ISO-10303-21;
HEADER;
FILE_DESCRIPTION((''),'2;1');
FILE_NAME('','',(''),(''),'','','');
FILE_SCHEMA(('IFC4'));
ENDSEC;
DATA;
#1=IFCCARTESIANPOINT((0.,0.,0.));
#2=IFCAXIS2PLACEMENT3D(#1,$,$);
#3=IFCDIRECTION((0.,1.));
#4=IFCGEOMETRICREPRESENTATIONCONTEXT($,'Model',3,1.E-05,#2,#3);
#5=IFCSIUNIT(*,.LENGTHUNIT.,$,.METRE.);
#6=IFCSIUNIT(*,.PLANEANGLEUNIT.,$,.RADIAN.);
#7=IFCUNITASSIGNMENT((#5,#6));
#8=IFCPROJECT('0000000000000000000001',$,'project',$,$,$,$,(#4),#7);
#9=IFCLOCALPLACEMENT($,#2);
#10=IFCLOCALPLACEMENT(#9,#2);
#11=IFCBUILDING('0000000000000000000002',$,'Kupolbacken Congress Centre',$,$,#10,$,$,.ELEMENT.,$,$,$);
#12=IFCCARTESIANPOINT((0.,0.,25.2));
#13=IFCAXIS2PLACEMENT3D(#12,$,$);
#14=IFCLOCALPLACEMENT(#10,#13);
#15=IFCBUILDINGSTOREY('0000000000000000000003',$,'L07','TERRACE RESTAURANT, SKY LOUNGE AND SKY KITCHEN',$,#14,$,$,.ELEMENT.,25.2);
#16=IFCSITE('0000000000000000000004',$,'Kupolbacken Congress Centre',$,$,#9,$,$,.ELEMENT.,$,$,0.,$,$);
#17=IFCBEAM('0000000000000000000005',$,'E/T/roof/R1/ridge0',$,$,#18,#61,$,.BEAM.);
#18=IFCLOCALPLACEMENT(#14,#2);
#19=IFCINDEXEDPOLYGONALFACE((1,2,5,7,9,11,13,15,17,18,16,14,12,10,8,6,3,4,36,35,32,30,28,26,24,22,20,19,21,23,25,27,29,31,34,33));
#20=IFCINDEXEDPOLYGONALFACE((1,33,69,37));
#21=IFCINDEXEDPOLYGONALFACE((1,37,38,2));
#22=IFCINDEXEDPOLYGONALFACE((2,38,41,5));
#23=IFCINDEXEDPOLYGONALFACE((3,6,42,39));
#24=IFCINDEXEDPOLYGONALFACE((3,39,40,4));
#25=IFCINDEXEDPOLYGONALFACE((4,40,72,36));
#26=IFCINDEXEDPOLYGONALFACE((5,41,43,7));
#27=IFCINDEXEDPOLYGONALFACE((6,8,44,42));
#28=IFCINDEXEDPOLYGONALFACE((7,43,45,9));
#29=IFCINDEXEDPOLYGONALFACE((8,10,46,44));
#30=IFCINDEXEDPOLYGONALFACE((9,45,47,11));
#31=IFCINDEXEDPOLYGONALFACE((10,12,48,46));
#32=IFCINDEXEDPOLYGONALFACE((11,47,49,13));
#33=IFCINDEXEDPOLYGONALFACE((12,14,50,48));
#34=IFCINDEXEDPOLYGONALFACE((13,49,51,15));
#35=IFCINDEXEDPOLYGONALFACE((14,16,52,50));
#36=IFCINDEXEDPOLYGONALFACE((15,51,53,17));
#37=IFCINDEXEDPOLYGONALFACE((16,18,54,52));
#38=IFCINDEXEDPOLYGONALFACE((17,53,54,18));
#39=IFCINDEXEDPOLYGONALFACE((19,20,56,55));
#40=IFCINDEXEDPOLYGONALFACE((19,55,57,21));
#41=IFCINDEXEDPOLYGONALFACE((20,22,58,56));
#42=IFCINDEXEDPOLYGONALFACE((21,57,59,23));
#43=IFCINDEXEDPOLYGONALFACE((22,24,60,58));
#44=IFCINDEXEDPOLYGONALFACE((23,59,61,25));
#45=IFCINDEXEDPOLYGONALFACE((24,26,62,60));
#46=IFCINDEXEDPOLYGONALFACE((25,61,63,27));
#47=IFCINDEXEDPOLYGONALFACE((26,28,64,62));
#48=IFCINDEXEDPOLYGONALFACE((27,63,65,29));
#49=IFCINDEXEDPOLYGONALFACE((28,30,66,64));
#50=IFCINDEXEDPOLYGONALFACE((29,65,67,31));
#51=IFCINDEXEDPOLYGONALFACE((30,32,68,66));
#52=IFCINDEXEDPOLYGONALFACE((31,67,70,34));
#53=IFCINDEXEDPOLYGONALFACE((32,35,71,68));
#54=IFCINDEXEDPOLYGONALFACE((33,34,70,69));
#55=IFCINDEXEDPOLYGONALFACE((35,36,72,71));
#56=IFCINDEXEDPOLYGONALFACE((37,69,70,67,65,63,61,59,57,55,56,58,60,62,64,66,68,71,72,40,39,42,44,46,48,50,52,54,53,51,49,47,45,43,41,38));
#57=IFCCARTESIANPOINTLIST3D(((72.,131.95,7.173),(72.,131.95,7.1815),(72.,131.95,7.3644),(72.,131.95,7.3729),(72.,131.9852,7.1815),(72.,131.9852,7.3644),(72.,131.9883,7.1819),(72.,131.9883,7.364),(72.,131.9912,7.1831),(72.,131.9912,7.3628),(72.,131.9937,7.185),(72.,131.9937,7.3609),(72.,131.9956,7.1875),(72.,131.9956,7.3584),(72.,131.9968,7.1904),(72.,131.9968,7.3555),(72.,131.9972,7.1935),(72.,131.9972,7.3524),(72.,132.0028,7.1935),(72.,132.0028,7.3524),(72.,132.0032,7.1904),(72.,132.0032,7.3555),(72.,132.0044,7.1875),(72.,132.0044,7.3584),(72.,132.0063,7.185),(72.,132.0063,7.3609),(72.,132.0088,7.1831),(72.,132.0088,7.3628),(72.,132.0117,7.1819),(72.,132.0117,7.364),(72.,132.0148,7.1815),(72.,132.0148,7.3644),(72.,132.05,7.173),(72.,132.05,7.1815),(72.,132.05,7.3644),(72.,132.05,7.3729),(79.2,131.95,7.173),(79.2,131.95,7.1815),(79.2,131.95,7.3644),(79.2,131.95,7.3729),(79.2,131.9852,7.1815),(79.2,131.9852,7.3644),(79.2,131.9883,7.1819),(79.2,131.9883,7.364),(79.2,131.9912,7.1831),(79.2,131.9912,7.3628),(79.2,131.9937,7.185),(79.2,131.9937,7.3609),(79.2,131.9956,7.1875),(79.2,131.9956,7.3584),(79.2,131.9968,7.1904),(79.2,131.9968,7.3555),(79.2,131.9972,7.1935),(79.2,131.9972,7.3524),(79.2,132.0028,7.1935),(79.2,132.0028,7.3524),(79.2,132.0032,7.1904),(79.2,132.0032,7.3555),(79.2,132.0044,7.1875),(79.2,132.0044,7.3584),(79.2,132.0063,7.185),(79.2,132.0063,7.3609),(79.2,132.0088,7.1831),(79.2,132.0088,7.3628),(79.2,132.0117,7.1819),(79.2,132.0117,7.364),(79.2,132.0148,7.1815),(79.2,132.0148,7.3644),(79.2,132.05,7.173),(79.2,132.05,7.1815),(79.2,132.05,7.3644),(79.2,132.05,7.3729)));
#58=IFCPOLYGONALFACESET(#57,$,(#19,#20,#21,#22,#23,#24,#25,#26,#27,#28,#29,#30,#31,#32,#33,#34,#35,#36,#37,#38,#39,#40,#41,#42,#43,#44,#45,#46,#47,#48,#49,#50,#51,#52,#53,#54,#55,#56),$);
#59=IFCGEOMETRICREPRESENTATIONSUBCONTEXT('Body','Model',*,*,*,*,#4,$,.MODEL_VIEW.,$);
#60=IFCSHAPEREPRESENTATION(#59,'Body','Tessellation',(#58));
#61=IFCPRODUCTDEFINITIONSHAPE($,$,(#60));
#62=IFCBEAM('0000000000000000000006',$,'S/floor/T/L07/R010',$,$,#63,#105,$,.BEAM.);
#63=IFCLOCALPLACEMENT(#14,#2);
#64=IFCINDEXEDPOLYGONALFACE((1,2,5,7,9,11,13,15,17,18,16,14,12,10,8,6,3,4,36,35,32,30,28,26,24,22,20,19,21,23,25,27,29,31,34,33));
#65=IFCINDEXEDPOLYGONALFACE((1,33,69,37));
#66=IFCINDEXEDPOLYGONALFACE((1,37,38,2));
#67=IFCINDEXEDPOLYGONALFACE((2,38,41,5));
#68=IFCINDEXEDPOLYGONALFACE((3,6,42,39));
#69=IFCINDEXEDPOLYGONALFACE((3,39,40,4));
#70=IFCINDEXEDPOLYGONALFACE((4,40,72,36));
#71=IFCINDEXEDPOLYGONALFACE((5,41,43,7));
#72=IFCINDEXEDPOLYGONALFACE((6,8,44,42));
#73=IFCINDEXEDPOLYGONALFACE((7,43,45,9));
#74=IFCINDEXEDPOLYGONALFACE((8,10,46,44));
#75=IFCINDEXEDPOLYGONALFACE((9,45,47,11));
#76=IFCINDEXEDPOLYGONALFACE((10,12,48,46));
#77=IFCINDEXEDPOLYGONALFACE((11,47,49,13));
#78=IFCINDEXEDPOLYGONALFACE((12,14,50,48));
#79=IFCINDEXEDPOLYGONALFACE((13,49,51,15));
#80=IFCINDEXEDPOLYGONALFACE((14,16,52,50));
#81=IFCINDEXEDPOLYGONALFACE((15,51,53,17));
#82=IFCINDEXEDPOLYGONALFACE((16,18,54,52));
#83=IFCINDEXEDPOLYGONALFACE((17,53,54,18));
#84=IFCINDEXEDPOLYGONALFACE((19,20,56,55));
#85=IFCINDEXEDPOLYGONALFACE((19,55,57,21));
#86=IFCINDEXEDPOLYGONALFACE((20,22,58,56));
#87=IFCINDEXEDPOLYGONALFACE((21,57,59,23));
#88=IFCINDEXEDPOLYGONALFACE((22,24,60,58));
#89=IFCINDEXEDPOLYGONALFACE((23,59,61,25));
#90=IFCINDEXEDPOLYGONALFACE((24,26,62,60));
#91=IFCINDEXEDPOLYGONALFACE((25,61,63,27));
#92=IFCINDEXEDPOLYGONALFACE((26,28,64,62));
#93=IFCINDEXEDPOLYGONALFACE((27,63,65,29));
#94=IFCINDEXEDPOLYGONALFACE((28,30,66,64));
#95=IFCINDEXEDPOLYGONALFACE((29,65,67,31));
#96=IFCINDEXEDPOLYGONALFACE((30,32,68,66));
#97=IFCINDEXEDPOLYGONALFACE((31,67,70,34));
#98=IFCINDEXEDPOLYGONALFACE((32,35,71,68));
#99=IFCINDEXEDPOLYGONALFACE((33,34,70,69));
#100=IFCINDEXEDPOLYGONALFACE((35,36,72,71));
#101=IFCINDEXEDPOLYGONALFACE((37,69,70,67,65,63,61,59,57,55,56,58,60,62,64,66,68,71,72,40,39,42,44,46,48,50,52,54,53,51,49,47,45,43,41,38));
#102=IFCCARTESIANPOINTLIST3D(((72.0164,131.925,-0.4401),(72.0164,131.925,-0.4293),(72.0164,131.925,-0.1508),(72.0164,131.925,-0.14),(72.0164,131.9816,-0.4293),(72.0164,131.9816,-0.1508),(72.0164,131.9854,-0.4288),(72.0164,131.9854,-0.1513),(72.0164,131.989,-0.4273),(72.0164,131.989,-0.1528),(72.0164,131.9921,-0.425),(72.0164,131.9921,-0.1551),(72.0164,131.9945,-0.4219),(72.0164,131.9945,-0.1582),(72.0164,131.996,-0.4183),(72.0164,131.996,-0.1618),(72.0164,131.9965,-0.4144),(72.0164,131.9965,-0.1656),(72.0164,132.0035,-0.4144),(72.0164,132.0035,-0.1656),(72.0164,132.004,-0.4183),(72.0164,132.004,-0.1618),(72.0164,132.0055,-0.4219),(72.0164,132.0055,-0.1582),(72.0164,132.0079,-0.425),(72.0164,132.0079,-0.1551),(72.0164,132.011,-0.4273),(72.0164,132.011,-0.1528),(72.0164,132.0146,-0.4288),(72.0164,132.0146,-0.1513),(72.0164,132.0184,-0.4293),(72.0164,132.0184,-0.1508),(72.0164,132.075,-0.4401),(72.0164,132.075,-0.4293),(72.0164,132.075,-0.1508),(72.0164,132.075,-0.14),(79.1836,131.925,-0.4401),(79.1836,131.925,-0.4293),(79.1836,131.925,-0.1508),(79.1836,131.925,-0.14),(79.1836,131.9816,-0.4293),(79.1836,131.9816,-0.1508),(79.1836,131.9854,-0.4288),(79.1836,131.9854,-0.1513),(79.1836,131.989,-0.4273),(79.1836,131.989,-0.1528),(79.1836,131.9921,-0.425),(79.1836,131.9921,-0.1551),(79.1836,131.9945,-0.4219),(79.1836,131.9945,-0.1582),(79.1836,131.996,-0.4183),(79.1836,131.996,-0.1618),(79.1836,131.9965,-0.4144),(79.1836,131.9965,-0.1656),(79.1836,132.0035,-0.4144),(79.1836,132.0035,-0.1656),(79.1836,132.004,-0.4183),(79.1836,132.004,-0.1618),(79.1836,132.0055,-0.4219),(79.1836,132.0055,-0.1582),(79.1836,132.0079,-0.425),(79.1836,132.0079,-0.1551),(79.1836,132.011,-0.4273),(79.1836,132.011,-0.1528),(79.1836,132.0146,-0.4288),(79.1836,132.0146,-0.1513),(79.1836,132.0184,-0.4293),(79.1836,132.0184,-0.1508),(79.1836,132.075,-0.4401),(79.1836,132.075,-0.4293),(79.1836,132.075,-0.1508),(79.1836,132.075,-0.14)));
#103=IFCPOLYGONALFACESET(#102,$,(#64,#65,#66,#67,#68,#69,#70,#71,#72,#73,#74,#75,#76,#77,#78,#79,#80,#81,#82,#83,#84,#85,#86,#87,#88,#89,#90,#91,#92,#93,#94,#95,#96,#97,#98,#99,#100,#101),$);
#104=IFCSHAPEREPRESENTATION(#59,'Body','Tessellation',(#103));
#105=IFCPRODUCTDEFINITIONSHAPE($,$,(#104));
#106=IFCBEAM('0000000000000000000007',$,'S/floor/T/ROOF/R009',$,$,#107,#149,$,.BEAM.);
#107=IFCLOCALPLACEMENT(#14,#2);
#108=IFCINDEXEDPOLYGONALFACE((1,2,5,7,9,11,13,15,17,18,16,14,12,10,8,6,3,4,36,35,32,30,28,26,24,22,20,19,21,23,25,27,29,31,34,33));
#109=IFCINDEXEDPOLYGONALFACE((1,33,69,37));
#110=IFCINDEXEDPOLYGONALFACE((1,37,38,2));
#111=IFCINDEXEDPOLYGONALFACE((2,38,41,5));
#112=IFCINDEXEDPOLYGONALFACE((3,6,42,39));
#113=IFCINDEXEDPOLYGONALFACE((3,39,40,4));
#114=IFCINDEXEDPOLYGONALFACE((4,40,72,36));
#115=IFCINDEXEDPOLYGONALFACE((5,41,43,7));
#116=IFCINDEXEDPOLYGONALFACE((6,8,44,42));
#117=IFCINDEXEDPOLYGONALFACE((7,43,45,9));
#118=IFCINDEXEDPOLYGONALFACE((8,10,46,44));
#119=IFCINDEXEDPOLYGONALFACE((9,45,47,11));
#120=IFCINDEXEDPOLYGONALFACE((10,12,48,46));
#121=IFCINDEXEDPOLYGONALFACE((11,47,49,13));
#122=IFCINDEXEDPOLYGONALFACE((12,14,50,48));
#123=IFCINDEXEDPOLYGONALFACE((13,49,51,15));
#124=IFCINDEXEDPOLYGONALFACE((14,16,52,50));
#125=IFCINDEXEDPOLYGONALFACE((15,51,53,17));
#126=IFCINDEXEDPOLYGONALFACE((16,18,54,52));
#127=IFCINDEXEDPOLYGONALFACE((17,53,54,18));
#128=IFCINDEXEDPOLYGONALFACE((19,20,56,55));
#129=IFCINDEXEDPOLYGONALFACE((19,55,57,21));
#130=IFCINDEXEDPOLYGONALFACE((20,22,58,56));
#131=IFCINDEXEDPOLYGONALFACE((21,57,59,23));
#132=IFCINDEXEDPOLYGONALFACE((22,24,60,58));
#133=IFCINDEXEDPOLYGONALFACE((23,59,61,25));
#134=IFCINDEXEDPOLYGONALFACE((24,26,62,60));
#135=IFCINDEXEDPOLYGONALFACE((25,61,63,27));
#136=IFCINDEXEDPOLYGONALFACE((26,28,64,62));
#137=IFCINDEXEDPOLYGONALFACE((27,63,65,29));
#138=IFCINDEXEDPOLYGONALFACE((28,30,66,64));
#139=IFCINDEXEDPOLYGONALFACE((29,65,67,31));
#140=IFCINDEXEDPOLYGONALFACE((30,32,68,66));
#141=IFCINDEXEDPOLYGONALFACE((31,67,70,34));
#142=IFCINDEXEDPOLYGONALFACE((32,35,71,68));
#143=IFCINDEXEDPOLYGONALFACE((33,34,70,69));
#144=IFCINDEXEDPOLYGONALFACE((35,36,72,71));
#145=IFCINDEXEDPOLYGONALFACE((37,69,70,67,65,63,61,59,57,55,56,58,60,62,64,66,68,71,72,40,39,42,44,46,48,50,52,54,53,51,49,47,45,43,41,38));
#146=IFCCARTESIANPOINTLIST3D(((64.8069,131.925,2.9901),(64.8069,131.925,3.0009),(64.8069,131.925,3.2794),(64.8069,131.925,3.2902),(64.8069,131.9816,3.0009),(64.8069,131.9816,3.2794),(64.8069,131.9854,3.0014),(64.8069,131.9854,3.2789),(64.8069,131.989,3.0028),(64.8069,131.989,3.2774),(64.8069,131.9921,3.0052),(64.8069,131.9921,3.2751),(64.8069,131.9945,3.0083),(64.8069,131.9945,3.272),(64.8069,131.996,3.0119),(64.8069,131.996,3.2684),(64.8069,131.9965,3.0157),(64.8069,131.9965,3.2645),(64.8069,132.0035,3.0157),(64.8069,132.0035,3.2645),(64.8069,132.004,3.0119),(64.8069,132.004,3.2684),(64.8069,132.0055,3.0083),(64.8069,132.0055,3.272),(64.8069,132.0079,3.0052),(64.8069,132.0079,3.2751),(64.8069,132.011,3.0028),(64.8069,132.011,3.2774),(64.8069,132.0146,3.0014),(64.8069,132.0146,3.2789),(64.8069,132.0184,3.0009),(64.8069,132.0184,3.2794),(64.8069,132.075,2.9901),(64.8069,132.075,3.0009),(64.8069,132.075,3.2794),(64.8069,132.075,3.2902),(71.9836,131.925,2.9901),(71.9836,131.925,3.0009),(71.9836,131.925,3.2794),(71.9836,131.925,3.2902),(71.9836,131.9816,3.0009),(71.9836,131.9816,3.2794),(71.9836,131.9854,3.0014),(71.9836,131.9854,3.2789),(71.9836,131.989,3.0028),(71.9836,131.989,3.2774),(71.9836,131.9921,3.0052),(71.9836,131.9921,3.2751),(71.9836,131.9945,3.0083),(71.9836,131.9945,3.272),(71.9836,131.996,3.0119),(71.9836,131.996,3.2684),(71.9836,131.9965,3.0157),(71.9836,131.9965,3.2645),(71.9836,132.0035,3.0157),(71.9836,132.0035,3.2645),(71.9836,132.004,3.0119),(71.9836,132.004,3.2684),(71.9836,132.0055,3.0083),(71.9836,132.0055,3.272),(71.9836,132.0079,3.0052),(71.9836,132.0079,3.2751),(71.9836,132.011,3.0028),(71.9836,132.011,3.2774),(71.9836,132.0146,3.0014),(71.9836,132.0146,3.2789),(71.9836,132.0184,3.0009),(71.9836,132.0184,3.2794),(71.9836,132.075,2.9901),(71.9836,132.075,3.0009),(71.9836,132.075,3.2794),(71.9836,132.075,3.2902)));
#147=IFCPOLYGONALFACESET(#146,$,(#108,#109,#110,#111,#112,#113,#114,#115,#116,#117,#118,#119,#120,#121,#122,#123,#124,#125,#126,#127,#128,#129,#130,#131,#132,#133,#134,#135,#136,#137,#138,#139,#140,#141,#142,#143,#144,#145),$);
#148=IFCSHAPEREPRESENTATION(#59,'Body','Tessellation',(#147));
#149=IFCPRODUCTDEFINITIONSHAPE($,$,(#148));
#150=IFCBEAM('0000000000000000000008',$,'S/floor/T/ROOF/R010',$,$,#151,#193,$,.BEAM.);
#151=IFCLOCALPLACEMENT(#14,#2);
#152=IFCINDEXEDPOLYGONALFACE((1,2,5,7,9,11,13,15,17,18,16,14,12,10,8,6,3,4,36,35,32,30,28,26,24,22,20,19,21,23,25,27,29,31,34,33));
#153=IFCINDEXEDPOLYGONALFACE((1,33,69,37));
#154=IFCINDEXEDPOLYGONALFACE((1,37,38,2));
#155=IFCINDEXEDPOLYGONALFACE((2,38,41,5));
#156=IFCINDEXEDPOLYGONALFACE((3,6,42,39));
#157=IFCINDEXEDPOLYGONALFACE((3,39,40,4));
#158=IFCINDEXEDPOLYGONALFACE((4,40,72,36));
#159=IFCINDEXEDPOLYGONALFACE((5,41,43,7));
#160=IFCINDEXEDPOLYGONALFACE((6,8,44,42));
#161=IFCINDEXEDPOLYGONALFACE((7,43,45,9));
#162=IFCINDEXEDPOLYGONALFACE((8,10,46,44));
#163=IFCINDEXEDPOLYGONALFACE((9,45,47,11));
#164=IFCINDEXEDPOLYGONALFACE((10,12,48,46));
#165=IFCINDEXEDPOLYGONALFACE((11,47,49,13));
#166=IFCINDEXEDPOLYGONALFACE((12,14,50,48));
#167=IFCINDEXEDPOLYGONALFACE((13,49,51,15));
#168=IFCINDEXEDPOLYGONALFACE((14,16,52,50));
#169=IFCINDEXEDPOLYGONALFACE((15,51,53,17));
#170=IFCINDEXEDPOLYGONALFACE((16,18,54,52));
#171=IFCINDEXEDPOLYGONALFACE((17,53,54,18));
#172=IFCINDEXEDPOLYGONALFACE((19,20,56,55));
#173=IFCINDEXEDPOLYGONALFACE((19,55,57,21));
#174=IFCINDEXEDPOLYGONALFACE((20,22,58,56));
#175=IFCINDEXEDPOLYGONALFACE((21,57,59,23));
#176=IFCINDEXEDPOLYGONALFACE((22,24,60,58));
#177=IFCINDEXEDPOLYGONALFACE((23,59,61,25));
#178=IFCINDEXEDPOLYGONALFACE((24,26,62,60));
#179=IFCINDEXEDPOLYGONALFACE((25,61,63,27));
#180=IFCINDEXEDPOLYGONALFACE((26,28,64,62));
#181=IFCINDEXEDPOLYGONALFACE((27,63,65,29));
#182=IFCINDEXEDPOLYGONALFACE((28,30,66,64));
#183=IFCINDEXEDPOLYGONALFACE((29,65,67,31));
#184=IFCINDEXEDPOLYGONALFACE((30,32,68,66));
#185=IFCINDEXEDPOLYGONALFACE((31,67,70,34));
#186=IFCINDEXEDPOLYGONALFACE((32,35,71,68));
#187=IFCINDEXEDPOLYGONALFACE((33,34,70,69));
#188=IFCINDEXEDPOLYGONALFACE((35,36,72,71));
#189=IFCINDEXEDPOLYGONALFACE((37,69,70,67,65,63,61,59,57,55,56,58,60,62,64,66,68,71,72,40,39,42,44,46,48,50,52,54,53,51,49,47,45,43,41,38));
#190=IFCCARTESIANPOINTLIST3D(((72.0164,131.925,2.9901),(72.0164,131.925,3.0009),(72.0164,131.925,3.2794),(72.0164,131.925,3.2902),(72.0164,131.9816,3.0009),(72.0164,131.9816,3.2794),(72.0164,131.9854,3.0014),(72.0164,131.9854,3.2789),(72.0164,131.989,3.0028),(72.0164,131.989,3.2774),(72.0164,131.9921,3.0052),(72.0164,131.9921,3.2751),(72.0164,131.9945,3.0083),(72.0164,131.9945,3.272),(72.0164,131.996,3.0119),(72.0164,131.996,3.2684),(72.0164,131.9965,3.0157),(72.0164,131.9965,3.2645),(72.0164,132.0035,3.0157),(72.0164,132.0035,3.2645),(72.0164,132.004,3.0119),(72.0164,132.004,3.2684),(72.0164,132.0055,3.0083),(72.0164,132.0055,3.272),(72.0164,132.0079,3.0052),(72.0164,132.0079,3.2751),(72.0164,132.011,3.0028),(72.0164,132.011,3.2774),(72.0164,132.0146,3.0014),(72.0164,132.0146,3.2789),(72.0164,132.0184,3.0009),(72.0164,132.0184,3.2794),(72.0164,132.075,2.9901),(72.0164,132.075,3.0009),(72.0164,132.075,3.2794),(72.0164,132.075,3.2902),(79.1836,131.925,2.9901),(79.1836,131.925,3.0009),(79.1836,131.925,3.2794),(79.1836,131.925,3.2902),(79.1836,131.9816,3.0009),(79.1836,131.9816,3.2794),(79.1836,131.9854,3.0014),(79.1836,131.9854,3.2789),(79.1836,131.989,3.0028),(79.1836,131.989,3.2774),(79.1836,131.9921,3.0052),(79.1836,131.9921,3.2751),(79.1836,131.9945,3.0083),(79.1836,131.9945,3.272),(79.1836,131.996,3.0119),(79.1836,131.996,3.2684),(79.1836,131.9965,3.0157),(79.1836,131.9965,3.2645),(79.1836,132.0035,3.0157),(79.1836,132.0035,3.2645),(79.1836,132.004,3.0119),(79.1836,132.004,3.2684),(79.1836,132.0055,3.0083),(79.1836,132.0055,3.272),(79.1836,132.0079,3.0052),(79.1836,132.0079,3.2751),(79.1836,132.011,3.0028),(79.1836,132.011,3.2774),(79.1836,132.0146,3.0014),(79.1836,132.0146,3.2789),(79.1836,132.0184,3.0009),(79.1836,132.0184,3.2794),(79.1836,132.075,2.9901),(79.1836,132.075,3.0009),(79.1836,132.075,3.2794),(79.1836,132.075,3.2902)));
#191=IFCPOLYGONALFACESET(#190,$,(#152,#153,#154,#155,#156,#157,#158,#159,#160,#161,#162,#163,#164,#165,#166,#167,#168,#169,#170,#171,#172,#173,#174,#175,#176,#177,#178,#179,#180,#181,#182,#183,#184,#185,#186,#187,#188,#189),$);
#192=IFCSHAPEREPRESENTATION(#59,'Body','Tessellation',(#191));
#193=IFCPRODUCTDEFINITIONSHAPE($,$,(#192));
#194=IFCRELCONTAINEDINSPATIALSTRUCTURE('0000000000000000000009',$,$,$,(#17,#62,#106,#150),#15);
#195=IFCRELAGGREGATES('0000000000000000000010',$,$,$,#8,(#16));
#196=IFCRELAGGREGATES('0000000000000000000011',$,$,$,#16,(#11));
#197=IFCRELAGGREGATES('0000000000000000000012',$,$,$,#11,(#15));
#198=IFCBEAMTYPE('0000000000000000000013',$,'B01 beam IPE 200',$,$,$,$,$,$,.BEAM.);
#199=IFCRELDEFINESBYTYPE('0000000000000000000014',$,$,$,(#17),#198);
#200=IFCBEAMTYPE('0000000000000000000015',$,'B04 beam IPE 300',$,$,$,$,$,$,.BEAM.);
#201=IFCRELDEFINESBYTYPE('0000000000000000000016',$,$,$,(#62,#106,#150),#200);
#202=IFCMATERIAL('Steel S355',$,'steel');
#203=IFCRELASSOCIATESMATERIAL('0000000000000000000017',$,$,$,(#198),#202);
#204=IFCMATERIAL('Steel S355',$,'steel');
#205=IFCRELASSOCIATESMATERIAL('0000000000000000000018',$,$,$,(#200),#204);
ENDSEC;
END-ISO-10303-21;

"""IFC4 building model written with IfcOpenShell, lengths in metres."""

from ifc_helpers import new_model, si_unit, direction, frame, origin, origin_2d, place, context, subcontext, project, spatial, i_section, extrude, material, material_profile, profile_set, type_object, element, save


model = new_model("IFC4")

# Units and contexts
model_context = context("Model", 3, precision=1e-05, world=origin(), true_north=direction((0.0, 1.0)))
body_context = subcontext(model_context, "Body", "Model", "MODEL_VIEW")
ifc_project = project(units=[si_unit("LENGTHUNIT", "METRE"), si_unit("PLANEANGLEUNIT", "RADIAN")], contexts=[model_context])

# Site, building, storey
site_placement = place(None, origin())
site = spatial("IfcSite", under=ifc_project, at=site_placement, Name="Kupolbacken Congress Centre", CompositionType="ELEMENT", RefElevation=0.0)
building_placement = place(site_placement, origin())
building = spatial("IfcBuilding", under=site, at=building_placement, Name="Kupolbacken Congress Centre", CompositionType="ELEMENT")
storey_placement = place(building_placement, frame((0.0, 0.0, 25.2)))
storey = spatial("IfcBuildingStorey", under=building, at=storey_placement, Name="L07", Description="TERRACE RESTAURANT, SKY LOUNGE AND SKY KITCHEN", CompositionType="ELEMENT", Elevation=25.2)

# Beams
ifc_material_1 = material(Name="Steel S355", Category="steel")
ifc_material_profile_1 = material_profile(ifc_material_1, i_section(OverallWidth=0.1001, OverallDepth=0.2, WebThickness=0.0056, FlangeThickness=0.0085, FilletRadius=0.012, at=origin_2d()), Name="IPE 200")
ifc_profile_set_1 = profile_set([ifc_material_profile_1], Name="Steel S355")
beam_type_1 = type_object("IfcBeamType", Name="B01 beam IPE 200", PredefinedType="BEAM", material=ifc_profile_set_1)
beam_1_placement = place(storey_placement, frame((72.0, 132.0, 7.2729), z_axis=(1.0, 0.0, 0.0), x_axis=(0.0, 1.0, 0.0)))
element("IfcBeam", 1, at=beam_1_placement, inside=storey, type_object=beam_type_1, Name="E/T/roof/R1/ridge0", PredefinedType="BEAM", context=body_context, shape_type="SweptSolid", body=[
    extrude(i_section(OverallWidth=0.1001, OverallDepth=0.2, WebThickness=0.0056, FlangeThickness=0.0085, FilletRadius=0.012, at=origin_2d()), origin(), (0.0, 0.0, 1.0), 7.2),
])
ifc_material_2 = material(Name="Steel S355", Category="steel")
ifc_material_profile_2 = material_profile(ifc_material_2, i_section(OverallWidth=0.1499, OverallDepth=0.3, WebThickness=0.0071, FlangeThickness=0.0107, FilletRadius=0.0149, at=origin_2d()), Name="IPE 300")
ifc_profile_set_2 = profile_set([ifc_material_profile_2], Name="Steel S355")
beam_type_2 = type_object("IfcBeamType", Name="B04 beam IPE 300", PredefinedType="BEAM", material=ifc_profile_set_2)
beam_2_placement = place(storey_placement, frame((72.0164, 132.0, -0.29), z_axis=(1.0, 0.0, 0.0), x_axis=(0.0, 1.0, 0.0)))
element("IfcBeam", 2, at=beam_2_placement, inside=storey, type_object=beam_type_2, Name="S/floor/T/L07/R010", PredefinedType="BEAM", context=body_context, shape_type="SweptSolid", body=[
    extrude(i_section(OverallWidth=0.1499, OverallDepth=0.3, WebThickness=0.0071, FlangeThickness=0.0107, FilletRadius=0.0149, at=origin_2d()), origin(), (0.0, 0.0, 1.0), 7.1672),
])
beam_3_placement = place(storey_placement, frame((64.8069, 132.0, 3.1401), z_axis=(1.0, 0.0, 0.0), x_axis=(0.0, 1.0, 0.0)))
element("IfcBeam", 3, at=beam_3_placement, inside=storey, type_object=beam_type_2, Name="S/floor/T/ROOF/R009", PredefinedType="BEAM", context=body_context, shape_type="SweptSolid", body=[
    extrude(i_section(OverallWidth=0.1499, OverallDepth=0.3, WebThickness=0.0071, FlangeThickness=0.0107, FilletRadius=0.0149, at=origin_2d()), origin(), (0.0, 0.0, 1.0), 7.1768),
])
beam_4_placement = place(storey_placement, frame((72.0164, 132.0, 3.1401), z_axis=(1.0, 0.0, 0.0), x_axis=(0.0, 1.0, 0.0)))
element("IfcBeam", 4, at=beam_4_placement, inside=storey, type_object=beam_type_2, Name="S/floor/T/ROOF/R010", PredefinedType="BEAM", context=body_context, shape_type="SweptSolid", body=[
    extrude(i_section(OverallWidth=0.1499, OverallDepth=0.3, WebThickness=0.0071, FlangeThickness=0.0107, FilletRadius=0.0149, at=origin_2d()), origin(), (0.0, 0.0, 1.0), 7.1672),
])

save(model, "model.ifc")
